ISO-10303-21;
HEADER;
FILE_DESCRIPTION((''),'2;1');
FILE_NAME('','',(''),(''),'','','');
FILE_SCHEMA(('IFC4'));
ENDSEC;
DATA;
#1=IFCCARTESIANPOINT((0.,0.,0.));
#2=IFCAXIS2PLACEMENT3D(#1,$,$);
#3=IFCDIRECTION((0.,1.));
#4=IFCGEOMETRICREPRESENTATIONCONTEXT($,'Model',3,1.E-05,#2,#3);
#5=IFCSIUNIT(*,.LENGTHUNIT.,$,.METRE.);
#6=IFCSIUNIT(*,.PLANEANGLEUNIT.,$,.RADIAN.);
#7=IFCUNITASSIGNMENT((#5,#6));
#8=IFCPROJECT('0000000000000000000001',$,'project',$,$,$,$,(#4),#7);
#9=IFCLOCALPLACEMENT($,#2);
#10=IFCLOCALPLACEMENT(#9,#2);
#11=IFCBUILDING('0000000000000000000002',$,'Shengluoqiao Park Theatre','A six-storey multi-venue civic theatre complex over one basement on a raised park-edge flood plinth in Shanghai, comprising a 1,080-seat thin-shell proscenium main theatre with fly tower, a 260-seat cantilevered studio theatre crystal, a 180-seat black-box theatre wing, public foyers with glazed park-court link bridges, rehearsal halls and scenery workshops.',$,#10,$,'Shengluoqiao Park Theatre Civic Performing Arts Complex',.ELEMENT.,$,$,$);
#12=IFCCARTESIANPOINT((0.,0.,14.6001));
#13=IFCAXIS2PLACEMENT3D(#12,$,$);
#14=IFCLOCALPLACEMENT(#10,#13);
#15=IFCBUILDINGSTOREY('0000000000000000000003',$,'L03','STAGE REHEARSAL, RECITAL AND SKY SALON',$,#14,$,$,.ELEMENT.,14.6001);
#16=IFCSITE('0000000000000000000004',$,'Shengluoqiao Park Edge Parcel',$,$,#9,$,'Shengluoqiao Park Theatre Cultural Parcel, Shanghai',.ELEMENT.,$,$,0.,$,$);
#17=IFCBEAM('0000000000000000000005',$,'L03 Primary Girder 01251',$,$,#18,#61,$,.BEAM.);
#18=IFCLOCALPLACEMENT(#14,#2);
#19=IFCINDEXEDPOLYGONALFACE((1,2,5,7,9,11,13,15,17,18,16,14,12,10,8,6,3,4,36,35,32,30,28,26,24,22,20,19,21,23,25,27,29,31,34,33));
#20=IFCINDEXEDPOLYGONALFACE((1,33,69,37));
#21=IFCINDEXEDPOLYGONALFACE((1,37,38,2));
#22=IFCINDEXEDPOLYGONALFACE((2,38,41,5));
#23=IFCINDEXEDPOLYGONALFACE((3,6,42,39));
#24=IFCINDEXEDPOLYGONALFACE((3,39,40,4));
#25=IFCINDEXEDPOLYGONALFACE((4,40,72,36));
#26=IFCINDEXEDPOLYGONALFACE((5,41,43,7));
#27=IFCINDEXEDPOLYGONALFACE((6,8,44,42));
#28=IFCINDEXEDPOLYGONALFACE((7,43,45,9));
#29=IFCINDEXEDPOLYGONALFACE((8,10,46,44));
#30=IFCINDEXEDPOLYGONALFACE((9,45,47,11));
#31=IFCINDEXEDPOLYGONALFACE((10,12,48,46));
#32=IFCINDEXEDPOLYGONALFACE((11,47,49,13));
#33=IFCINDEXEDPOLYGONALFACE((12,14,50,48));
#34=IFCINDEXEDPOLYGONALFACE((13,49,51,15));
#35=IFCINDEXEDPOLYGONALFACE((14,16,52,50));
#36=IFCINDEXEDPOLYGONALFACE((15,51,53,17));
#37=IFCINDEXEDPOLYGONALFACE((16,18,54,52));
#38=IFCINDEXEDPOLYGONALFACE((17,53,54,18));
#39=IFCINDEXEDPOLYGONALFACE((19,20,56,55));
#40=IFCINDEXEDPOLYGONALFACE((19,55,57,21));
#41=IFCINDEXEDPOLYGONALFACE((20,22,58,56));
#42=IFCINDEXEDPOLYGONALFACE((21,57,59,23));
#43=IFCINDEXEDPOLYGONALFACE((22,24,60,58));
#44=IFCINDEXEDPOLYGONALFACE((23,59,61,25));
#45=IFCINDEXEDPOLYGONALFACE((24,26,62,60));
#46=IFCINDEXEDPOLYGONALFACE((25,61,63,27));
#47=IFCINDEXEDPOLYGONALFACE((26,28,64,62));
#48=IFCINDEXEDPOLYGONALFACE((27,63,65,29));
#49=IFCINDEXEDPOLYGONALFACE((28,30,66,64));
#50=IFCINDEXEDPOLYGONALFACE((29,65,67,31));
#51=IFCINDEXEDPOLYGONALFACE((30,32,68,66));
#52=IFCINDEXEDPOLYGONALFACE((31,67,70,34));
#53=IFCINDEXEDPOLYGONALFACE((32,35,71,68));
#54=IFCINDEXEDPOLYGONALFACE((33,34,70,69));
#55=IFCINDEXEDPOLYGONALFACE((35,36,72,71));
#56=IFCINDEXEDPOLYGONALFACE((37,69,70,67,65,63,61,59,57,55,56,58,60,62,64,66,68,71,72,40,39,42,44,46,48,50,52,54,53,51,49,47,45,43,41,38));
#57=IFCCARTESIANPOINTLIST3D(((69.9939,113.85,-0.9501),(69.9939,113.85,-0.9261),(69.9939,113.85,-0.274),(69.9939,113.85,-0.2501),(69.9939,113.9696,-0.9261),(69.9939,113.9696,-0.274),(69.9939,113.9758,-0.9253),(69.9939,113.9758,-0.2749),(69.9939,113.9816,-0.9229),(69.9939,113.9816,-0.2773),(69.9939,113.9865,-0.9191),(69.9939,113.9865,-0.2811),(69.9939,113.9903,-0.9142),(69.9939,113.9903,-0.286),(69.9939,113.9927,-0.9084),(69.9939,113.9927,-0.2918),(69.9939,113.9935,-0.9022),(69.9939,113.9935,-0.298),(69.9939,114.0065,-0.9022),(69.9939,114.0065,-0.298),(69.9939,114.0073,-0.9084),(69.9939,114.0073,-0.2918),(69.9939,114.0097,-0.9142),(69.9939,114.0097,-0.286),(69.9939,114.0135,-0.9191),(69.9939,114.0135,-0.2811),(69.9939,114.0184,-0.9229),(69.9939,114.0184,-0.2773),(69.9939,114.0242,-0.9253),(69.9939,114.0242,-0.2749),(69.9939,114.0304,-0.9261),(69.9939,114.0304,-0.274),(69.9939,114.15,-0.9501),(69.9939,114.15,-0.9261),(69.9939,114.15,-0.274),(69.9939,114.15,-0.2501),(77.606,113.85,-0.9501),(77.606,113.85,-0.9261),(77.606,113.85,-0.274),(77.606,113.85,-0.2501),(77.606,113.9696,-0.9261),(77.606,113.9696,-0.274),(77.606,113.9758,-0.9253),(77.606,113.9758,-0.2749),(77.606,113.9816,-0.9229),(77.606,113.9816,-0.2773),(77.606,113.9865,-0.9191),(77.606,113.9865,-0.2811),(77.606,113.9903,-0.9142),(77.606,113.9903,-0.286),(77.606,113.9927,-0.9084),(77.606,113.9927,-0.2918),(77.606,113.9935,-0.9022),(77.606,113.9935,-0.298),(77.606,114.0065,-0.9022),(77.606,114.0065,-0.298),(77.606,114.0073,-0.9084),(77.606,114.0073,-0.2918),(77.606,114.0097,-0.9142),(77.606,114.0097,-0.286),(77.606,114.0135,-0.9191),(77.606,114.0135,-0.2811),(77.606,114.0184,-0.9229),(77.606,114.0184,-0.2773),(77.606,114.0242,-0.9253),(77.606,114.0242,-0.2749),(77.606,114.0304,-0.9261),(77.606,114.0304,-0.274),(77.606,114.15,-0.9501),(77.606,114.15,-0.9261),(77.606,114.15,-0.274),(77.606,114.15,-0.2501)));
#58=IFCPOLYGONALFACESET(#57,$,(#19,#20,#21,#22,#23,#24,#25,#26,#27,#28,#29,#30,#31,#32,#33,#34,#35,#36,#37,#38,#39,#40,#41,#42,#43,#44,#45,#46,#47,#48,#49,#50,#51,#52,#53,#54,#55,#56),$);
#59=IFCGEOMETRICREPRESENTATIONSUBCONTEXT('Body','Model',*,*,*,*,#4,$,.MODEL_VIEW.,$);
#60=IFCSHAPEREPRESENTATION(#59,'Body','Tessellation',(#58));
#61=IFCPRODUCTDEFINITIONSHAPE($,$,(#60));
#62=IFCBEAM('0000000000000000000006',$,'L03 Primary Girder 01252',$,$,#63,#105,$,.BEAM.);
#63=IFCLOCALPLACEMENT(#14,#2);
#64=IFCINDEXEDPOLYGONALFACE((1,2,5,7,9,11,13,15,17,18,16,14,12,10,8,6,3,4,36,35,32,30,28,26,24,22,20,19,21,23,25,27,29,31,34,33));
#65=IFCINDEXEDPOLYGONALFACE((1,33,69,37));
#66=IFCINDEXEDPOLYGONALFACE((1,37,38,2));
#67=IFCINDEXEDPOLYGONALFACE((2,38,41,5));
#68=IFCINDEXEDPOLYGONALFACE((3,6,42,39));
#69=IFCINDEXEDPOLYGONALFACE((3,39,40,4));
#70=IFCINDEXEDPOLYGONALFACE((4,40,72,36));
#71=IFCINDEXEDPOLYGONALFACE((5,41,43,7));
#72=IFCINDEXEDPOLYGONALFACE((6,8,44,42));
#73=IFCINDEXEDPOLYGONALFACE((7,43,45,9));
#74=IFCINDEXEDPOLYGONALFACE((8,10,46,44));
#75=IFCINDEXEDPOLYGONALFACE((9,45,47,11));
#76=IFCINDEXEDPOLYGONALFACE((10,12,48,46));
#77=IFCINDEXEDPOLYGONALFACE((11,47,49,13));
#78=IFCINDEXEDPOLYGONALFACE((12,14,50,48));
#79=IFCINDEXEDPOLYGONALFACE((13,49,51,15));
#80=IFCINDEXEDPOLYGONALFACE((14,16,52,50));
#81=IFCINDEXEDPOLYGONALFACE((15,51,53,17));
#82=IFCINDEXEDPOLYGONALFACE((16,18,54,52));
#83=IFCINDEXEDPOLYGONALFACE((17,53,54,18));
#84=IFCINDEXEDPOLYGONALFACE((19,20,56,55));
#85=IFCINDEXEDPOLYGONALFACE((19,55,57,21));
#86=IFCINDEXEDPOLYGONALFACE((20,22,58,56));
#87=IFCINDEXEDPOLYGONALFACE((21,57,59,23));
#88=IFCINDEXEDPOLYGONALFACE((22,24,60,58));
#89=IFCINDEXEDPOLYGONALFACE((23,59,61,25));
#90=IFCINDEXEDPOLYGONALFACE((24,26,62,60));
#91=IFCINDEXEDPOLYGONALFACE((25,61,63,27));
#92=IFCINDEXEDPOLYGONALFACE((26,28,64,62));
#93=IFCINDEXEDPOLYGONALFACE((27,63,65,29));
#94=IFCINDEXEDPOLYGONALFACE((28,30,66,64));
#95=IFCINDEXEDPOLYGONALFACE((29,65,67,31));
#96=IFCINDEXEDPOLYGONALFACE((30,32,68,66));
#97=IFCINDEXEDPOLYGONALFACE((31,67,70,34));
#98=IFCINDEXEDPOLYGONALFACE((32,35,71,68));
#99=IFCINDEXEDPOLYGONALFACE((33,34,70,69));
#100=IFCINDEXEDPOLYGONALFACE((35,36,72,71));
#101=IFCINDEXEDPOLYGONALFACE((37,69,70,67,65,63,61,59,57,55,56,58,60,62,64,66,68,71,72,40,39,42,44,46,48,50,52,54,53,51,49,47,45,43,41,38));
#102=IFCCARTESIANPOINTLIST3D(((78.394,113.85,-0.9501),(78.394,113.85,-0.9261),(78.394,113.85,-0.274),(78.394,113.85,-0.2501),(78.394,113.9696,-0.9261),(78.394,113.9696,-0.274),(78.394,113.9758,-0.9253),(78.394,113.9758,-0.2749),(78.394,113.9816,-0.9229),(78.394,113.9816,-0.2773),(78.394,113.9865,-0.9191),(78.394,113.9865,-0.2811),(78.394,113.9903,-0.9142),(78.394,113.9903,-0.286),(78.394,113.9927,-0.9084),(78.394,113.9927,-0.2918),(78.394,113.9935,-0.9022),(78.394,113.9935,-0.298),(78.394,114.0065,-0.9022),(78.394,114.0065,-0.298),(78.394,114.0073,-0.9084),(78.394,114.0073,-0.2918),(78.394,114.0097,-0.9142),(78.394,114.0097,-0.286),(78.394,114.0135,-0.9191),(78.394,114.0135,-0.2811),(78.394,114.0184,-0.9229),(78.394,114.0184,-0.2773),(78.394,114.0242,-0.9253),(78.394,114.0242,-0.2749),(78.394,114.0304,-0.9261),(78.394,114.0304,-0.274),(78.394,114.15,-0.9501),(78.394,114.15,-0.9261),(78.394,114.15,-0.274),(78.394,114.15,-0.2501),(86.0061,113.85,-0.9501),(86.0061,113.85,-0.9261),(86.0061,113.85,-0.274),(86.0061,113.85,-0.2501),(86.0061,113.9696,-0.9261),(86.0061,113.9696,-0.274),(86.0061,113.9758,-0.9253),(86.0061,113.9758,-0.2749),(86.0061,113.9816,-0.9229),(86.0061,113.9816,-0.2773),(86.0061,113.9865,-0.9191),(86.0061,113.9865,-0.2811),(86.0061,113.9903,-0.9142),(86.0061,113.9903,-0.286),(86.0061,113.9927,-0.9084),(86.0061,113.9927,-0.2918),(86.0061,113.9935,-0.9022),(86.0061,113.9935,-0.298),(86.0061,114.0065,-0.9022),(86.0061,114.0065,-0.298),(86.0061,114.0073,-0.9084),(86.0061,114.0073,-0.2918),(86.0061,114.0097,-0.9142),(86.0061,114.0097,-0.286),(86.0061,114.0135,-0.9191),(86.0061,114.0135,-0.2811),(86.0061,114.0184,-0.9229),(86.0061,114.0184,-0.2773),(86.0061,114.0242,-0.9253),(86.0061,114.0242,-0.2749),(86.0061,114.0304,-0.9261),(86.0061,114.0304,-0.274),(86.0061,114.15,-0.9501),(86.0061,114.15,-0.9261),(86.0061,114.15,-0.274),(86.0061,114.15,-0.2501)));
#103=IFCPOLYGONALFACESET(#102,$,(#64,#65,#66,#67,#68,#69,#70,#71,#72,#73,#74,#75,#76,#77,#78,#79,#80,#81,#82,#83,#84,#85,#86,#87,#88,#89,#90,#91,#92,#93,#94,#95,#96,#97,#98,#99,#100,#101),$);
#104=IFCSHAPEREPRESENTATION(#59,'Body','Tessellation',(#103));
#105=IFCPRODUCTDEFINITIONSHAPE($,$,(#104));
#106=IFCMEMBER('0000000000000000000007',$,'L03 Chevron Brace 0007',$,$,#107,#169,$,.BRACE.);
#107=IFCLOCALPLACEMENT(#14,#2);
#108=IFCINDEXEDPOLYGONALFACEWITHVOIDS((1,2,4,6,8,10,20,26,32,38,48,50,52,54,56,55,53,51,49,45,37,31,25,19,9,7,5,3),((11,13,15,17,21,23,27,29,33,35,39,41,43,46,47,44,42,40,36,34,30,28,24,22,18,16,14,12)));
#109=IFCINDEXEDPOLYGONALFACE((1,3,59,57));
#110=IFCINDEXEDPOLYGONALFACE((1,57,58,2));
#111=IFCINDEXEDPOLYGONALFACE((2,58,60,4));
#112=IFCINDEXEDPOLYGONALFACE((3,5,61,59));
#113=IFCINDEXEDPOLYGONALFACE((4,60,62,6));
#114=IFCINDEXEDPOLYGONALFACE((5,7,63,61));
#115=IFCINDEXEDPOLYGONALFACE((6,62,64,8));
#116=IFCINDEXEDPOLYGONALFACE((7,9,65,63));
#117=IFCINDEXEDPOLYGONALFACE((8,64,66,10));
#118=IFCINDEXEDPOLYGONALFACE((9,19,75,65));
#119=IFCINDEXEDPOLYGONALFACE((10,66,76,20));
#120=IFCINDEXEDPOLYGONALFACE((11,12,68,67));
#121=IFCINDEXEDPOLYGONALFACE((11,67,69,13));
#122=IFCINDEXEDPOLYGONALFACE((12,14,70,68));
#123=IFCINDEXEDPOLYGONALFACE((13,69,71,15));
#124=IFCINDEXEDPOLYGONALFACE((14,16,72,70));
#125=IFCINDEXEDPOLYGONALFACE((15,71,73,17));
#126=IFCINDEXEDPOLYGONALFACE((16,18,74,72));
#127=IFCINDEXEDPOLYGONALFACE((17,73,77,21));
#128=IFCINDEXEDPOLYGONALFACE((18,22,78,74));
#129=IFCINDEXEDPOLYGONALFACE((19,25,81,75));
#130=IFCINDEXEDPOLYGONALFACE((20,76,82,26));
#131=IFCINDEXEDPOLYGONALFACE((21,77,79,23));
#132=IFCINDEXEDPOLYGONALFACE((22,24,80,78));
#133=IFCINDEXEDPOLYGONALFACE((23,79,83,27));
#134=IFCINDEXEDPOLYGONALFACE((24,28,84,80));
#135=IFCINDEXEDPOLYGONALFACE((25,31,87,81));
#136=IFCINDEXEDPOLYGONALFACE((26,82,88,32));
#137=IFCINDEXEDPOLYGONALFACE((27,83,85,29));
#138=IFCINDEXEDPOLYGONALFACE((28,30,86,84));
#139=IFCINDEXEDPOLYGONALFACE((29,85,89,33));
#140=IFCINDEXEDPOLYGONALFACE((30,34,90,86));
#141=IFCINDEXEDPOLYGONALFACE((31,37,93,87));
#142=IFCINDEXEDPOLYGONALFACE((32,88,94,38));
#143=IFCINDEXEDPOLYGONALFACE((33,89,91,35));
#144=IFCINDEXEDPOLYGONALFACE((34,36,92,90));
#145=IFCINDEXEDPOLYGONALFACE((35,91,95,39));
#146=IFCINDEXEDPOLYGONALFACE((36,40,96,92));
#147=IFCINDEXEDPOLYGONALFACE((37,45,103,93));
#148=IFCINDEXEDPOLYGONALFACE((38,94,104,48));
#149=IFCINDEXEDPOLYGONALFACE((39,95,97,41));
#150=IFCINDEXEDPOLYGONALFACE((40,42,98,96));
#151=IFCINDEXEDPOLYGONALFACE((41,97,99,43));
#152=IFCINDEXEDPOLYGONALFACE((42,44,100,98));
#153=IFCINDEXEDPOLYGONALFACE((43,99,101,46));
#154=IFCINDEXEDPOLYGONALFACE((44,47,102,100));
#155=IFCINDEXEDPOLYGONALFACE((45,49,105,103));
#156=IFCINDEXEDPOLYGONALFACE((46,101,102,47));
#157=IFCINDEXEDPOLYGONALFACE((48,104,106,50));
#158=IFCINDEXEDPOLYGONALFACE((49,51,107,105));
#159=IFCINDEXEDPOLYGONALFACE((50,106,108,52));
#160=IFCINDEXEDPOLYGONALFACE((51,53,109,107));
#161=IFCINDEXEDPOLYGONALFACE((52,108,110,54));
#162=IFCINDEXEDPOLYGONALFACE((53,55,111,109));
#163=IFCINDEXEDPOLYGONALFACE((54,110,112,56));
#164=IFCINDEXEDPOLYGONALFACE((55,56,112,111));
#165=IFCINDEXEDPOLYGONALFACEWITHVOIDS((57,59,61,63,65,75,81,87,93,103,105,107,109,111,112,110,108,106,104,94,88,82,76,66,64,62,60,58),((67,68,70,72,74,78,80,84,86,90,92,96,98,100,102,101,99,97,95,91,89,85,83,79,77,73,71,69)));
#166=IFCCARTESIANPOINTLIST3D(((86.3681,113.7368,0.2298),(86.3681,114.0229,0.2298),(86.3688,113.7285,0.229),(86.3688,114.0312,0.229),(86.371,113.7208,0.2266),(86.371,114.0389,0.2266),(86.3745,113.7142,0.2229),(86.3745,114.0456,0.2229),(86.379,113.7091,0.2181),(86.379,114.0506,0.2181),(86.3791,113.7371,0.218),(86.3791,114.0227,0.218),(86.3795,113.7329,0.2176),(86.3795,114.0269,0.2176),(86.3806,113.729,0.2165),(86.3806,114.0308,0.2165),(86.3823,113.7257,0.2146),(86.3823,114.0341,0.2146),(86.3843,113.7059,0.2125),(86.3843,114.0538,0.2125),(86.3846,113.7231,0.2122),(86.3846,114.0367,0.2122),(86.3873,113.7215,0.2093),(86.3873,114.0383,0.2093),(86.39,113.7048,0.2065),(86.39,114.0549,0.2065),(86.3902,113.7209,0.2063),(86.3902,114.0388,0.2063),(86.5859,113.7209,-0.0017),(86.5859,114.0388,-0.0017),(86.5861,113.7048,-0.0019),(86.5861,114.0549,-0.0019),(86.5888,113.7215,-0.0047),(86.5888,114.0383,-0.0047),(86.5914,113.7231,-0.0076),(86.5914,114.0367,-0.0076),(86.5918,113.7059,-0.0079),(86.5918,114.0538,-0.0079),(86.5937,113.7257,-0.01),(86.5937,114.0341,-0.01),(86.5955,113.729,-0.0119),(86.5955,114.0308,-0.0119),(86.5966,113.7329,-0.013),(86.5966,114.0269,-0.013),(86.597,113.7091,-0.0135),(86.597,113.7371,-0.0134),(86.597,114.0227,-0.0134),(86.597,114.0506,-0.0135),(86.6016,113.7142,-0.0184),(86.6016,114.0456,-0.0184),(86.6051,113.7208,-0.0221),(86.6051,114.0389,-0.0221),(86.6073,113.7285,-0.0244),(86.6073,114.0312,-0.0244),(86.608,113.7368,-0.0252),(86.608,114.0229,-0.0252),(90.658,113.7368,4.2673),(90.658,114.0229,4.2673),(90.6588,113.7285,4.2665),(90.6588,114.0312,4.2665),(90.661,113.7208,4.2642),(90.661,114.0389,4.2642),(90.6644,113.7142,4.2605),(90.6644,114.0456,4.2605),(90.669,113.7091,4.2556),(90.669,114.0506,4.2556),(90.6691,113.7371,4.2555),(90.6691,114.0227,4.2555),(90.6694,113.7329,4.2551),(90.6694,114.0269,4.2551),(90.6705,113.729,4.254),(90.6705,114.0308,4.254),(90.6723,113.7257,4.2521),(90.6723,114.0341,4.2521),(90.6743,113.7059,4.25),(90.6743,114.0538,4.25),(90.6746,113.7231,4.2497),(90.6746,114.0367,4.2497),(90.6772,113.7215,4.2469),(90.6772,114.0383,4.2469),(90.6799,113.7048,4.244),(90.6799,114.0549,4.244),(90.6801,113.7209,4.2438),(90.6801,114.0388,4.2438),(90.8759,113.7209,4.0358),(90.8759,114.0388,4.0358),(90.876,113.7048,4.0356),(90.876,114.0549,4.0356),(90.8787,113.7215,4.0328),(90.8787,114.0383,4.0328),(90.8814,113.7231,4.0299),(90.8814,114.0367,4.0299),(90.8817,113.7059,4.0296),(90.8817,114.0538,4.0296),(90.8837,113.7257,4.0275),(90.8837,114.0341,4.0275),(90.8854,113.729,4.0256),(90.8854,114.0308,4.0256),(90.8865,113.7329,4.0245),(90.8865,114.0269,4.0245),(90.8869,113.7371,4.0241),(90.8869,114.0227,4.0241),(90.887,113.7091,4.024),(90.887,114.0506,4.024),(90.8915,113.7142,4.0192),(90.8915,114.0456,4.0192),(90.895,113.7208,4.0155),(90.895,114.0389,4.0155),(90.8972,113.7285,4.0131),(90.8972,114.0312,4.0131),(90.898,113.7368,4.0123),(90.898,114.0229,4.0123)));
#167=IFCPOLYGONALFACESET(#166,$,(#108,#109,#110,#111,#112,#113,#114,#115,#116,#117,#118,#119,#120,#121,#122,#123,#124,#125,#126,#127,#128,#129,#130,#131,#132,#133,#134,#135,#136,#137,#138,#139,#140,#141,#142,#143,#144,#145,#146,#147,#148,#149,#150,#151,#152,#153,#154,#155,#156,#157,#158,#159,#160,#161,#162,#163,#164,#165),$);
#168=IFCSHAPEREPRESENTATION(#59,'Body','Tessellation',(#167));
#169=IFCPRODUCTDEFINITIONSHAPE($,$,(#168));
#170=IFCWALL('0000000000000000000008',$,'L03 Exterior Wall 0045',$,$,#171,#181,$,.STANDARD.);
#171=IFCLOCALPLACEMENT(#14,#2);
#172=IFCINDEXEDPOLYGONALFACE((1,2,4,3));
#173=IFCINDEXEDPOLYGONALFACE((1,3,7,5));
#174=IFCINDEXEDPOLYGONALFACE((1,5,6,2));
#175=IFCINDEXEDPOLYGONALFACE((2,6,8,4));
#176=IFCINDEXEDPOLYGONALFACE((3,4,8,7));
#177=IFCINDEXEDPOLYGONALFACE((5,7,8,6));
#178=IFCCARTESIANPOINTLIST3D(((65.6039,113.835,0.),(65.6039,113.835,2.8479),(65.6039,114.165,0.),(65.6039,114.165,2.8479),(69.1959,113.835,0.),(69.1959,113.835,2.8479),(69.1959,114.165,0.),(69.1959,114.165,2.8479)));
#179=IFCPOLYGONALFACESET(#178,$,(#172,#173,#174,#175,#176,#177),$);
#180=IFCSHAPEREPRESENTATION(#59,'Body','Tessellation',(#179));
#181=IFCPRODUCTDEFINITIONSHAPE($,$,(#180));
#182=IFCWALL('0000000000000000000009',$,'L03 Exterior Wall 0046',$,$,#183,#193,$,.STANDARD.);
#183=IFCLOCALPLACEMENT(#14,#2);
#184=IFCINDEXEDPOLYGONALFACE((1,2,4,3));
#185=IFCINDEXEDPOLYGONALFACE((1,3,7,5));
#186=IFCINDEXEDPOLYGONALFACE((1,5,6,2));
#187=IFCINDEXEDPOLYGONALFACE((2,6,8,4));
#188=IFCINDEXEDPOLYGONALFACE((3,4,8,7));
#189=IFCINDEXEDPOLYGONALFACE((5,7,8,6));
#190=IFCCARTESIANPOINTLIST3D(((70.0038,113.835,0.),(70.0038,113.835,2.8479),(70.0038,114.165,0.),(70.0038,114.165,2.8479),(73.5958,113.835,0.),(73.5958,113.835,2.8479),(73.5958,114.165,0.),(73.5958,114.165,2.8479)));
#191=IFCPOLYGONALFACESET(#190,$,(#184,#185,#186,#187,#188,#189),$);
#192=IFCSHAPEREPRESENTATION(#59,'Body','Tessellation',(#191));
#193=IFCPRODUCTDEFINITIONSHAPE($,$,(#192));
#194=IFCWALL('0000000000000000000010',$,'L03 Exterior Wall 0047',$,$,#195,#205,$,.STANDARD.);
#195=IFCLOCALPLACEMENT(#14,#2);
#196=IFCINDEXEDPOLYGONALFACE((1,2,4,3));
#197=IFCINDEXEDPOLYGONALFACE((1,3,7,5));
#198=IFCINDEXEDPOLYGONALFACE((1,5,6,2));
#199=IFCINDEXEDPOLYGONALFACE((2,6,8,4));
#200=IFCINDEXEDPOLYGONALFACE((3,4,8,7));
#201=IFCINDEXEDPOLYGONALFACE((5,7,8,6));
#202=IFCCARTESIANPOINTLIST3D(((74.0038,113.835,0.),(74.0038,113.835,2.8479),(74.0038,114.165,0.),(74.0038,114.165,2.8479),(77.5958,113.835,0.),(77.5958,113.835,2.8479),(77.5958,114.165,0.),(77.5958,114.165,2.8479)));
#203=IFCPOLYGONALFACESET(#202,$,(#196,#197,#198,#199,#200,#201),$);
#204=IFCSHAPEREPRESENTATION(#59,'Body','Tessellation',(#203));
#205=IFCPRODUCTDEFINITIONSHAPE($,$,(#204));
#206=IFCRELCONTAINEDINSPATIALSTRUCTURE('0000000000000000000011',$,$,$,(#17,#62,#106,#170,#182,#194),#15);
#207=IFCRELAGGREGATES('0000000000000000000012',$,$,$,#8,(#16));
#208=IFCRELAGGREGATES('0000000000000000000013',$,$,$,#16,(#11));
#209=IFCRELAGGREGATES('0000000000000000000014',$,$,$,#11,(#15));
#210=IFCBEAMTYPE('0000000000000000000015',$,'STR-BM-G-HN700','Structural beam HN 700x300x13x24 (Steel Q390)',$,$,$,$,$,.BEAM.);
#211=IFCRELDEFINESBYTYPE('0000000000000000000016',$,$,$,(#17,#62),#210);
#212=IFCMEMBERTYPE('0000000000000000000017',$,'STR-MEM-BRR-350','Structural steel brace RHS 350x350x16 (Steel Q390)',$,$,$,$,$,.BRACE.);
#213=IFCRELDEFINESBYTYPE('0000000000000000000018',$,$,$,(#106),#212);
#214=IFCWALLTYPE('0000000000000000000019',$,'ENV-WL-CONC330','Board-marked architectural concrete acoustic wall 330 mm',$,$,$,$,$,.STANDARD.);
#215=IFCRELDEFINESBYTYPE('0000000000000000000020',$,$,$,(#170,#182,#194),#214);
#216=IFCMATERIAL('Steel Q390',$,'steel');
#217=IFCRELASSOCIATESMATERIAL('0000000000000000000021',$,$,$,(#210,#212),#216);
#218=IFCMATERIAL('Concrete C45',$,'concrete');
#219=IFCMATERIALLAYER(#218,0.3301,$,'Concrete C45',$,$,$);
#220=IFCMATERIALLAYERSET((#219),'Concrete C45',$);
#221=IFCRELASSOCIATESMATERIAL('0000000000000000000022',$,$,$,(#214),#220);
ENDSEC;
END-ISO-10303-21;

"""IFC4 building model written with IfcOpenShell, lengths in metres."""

from ifc_helpers import new_model, si_unit, direction, frame, frame_2d, origin, origin_2d, place, context, subcontext, project, spatial, rectangle, hollow_rectangle, i_section, extrude, material, layer, layer_set, material_profile, profile_set, type_object, element, save


model = new_model("IFC4")

# Units and contexts
model_context = context("Model", 3, precision=1e-05, world=origin(), true_north=direction((0.0, 1.0)))
body_context = subcontext(model_context, "Body", "Model", "MODEL_VIEW")
ifc_project = project(units=[si_unit("LENGTHUNIT", "METRE"), si_unit("PLANEANGLEUNIT", "RADIAN")], contexts=[model_context])

# Site, building, storey
site_placement = place(None, origin())
site = spatial("IfcSite", under=ifc_project, at=site_placement, Name="Shengluoqiao Park Edge Parcel", LongName="Shengluoqiao Park Theatre Cultural Parcel, Shanghai", CompositionType="ELEMENT", RefElevation=0.0)
building_placement = place(site_placement, origin())
building = spatial("IfcBuilding", under=site, at=building_placement, Name="Shengluoqiao Park Theatre", Description="A six-storey multi-venue civic theatre complex over one basement on a raised park-edge flood plinth in Shanghai, comprising a 1,080-seat thin-shell proscenium main theatre with fly tower, a 260-seat cantilevered studio theatre crystal, a 180-seat black-box theatre wing, public foyers with glazed park-court link bridges, rehearsal halls and scenery workshops.", LongName="Shengluoqiao Park Theatre Civic Performing Arts Complex", CompositionType="ELEMENT")
storey_placement = place(building_placement, frame((0.0, 0.0, 14.6001)))
storey = spatial("IfcBuildingStorey", under=building, at=storey_placement, Name="L03", Description="STAGE REHEARSAL, RECITAL AND SKY SALON", CompositionType="ELEMENT", Elevation=14.6001)

# Beams
ifc_material_1 = material(Name="Steel Q390", Category="steel")
ifc_material_profile_1 = material_profile(ifc_material_1, i_section(OverallWidth=0.3, OverallDepth=0.7, WebThickness=0.0129, FlangeThickness=0.0239, FilletRadius=0.0239, at=origin_2d()), Name="HN 700x300x13x24")
ifc_profile_set_1 = profile_set([ifc_material_profile_1], Name="Steel Q390")
beam_type_1 = type_object("IfcBeamType", Name="STR-BM-G-HN700", Description="Structural beam HN 700x300x13x24 (Steel Q390)", PredefinedType="BEAM", material=ifc_profile_set_1)
for number, where, z_axis, x_axis, name in (
    (1, (69.9939, 114.0, -0.6001), (1.0, 0.0, 0.0), (0.0, 1.0, 0.0), "L03 Primary Girder 01251"),
    (2, (78.394, 114.0, -0.6001), (1.0, 0.0, 0.0), (0.0, 1.0, 0.0), "L03 Primary Girder 01252"),
):
    element("IfcBeam", number, at=place(storey_placement, frame(where, z_axis=z_axis, x_axis=x_axis)), inside=storey, type_object=beam_type_1, Name=name, PredefinedType="BEAM", context=body_context, shape_type="SweptSolid", body=[
        extrude(i_section(OverallWidth=0.3, OverallDepth=0.7, WebThickness=0.0129, FlangeThickness=0.0239, FilletRadius=0.0239, at=origin_2d()), origin(), (0.0, 0.0, 1.0), 7.6121),
    ])

# Member
ifc_material_profile_2 = material_profile(ifc_material_1, hollow_rectangle(XDim=0.3501, YDim=0.3501, WallThickness=0.0161, InnerFilletRadius=0.0161, OuterFilletRadius=0.032, at=origin_2d()), Name="RHS 350x350x16")
ifc_profile_set_2 = profile_set([ifc_material_profile_2], Name="Steel Q390")
member_type = type_object("IfcMemberType", Name="STR-MEM-BRR-350", Description="Structural steel brace RHS 350x350x16 (Steel Q390)", PredefinedType="BRACE", material=ifc_profile_set_2)
member_placement = place(storey_placement, frame((86.488, 113.8799, 0.1023), z_axis=(0.728207, 0.0, 0.685357), x_axis=(0.0, 1.0, 0.0)))
element("IfcMember", 3, at=member_placement, inside=storey, type_object=member_type, Name="L03 Chevron Brace 0007", PredefinedType="BRACE", context=body_context, shape_type="SweptSolid", body=[
    extrude(hollow_rectangle(XDim=0.3501, YDim=0.3501, WallThickness=0.0161, InnerFilletRadius=0.0161, OuterFilletRadius=0.032, at=origin_2d()), origin(), (0.0, 0.0, 1.0), 5.8911),
])

# Walls
ifc_material_2 = material(Name="Concrete C45", Category="concrete")
ifc_layer_1 = layer(ifc_material_2, 0.3301, Name="Concrete C45")
ifc_layer_set_1 = layer_set([ifc_layer_1], Name="Concrete C45")
wall_type_1 = type_object("IfcWallType", Name="ENV-WL-CONC330", Description="Board-marked architectural concrete acoustic wall 330 mm", PredefinedType="STANDARD", material=ifc_layer_set_1)
for number, where, z_axis, x_axis, name in (
    (4, (65.604, 114.0, 0.0), (0.0, 0.0, 1.0), (1.0, 0.0, 0.0), "L03 Exterior Wall 0045"),
    (5, (70.0039, 114.0, 0.0), (0.0, 0.0, 1.0), (1.0, 0.0, 0.0), "L03 Exterior Wall 0046"),
    (6, (74.0039, 114.0, 0.0), (0.0, 0.0, 1.0), (1.0, 0.0, 0.0), "L03 Exterior Wall 0047"),
):
    element("IfcWall", number, at=place(storey_placement, frame(where, z_axis=z_axis, x_axis=x_axis)), inside=storey, type_object=wall_type_1, Name=name, PredefinedType="STANDARD", context=body_context, shape_type="SweptSolid", body=[
        extrude(rectangle(XDim=3.592, YDim=0.3301, at=frame_2d((1.7959, 0.0))), origin(), (0.0, 0.0, 1.0), 2.8479),
    ])

save(model, "model.ifc")
